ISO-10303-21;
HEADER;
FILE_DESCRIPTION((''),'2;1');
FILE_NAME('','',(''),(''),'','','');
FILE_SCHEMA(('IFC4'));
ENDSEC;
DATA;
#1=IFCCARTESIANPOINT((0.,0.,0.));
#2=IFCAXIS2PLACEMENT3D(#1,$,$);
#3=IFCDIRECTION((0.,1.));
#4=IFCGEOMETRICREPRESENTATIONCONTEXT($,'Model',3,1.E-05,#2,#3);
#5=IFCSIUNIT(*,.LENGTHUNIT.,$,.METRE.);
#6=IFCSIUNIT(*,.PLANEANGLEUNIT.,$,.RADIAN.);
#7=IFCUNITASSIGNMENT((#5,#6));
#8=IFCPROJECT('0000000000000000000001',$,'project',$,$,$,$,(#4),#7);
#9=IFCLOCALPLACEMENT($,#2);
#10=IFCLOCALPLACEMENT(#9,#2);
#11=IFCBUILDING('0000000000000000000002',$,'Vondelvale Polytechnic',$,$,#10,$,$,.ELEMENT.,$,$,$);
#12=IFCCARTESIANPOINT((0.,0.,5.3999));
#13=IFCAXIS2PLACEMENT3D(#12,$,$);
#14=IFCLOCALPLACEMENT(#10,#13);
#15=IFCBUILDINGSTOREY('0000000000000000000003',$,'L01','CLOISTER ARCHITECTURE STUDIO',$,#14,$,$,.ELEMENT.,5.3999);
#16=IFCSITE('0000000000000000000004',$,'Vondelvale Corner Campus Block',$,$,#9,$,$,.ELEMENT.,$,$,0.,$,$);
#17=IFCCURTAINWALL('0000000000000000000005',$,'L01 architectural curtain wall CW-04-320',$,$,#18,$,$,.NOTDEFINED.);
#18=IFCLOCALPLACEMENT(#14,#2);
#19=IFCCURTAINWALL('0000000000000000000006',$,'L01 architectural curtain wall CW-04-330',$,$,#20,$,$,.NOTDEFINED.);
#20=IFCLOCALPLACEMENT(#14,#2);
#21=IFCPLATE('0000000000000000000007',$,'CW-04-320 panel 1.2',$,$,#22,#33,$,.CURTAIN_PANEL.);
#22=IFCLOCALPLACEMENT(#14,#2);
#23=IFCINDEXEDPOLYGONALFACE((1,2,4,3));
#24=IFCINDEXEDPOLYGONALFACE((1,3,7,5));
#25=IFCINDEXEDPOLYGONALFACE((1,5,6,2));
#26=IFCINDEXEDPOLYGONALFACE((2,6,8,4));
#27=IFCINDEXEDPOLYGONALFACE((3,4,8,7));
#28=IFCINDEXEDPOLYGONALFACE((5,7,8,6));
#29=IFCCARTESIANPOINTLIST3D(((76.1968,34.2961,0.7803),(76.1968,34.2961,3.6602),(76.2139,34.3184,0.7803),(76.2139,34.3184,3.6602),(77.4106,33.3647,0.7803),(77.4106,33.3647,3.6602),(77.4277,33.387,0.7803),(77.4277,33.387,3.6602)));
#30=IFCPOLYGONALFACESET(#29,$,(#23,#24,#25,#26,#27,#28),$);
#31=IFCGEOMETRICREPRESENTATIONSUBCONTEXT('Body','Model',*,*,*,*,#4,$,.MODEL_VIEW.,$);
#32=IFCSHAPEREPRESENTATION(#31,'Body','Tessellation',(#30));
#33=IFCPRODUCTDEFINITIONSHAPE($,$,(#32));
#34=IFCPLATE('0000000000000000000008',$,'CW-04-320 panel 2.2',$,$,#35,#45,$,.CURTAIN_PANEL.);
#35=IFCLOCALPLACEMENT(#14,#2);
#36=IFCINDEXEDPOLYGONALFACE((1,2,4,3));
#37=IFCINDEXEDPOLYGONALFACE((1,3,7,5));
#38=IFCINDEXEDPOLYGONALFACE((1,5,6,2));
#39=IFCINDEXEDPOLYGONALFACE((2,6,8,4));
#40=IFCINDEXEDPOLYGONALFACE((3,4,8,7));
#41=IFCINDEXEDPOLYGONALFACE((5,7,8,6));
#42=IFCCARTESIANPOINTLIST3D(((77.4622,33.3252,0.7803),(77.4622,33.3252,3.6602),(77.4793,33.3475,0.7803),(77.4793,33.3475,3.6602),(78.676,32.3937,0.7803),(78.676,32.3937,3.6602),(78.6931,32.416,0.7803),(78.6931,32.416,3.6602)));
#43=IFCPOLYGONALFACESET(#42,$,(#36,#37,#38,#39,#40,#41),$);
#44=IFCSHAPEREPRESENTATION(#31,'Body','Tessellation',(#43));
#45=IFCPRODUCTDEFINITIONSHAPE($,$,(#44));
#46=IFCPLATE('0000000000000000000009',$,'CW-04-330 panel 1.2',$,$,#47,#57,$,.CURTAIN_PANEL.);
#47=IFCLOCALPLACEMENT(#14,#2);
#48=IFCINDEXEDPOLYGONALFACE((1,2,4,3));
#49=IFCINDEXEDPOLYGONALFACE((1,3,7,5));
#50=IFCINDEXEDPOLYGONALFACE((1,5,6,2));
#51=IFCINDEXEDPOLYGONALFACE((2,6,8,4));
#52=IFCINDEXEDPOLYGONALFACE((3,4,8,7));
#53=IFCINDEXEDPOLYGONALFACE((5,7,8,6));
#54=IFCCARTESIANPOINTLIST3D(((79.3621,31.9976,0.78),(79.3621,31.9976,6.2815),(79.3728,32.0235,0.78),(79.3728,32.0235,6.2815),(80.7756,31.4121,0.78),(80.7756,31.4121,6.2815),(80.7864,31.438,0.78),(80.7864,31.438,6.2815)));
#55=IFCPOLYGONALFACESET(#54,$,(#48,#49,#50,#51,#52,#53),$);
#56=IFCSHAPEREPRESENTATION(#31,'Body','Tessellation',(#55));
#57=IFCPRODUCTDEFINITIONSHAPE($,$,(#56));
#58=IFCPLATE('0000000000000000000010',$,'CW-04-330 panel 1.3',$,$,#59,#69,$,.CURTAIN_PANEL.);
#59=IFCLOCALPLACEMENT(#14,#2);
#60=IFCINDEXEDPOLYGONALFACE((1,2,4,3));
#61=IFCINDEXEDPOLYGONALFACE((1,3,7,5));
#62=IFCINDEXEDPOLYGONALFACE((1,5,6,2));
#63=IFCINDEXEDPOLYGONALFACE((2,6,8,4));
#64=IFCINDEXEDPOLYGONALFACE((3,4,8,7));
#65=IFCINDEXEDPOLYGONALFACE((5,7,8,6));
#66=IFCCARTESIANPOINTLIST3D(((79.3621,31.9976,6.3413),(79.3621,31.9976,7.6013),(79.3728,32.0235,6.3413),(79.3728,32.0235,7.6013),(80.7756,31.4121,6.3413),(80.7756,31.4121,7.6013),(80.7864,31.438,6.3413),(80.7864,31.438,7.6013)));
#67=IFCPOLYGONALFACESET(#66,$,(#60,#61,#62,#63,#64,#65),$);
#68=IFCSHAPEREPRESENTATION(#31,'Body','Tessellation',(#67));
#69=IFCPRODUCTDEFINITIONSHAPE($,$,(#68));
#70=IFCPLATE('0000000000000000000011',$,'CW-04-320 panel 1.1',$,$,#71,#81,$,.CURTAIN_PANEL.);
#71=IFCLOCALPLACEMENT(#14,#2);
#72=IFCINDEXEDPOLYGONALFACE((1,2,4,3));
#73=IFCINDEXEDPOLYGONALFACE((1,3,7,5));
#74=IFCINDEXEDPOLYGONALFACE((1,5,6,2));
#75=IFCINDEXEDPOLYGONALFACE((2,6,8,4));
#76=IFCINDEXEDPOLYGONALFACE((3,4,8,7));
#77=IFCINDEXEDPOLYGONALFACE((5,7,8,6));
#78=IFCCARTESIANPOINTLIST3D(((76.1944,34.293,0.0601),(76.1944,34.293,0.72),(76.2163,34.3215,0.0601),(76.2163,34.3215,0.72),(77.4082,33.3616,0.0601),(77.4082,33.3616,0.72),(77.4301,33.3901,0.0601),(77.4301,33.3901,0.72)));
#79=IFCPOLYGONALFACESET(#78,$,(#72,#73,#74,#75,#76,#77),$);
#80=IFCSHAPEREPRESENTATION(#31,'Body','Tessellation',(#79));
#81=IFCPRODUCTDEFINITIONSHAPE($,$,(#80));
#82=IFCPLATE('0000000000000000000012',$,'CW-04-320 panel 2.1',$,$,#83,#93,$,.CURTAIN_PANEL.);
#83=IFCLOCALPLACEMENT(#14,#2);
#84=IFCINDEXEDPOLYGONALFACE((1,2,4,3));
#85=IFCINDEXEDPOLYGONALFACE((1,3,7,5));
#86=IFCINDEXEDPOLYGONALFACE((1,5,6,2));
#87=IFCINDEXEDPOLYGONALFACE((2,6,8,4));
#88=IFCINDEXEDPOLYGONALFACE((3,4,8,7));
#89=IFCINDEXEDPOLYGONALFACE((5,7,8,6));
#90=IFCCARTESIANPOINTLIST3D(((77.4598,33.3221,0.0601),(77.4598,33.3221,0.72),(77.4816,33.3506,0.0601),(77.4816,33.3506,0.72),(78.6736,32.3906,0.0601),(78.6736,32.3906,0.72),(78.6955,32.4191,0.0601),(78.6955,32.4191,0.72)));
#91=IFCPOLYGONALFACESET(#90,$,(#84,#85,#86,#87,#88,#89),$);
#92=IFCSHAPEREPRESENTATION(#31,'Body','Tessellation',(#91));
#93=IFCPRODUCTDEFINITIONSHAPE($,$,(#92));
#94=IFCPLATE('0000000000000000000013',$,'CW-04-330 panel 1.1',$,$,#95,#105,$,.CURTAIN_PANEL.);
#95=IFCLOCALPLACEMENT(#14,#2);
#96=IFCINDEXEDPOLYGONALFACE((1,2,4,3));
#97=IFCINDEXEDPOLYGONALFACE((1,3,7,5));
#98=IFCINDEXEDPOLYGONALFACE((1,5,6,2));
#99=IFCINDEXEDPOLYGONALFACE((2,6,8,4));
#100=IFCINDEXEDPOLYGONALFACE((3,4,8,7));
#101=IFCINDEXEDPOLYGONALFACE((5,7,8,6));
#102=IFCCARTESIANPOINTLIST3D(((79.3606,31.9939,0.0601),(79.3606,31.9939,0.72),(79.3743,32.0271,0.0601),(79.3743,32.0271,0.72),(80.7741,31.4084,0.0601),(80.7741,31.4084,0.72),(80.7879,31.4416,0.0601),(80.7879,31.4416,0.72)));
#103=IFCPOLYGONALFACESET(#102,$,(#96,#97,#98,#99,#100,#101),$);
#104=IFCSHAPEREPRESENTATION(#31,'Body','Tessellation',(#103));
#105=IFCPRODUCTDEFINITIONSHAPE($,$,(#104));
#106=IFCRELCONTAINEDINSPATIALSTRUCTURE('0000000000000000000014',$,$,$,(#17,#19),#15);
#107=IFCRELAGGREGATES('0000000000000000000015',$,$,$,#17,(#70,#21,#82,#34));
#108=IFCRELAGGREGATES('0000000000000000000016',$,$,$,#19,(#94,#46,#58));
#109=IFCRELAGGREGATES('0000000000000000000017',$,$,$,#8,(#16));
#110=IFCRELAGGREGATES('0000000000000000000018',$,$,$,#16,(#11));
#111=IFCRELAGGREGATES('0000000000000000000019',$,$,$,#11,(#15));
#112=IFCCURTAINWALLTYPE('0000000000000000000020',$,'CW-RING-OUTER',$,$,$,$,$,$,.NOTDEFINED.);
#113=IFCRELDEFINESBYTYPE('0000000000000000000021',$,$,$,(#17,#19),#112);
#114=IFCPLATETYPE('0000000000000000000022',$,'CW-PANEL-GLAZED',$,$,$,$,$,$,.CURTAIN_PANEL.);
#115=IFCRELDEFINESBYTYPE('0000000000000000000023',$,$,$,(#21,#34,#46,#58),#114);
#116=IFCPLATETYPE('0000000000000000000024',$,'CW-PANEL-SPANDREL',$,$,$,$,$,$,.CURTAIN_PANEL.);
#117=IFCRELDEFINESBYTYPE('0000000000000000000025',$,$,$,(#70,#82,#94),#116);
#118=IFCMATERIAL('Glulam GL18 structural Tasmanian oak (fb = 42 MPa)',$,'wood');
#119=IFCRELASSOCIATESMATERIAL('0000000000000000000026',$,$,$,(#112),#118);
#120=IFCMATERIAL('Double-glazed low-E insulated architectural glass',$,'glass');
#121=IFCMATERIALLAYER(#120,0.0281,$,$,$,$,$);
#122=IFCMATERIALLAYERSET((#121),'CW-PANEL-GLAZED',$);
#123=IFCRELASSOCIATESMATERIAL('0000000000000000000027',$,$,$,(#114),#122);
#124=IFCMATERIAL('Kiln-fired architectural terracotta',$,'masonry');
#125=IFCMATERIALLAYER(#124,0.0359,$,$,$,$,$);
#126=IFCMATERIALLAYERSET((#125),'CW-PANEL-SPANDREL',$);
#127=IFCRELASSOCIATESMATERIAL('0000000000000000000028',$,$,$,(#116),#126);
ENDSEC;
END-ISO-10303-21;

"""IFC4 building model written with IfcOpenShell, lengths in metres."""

from ifc_helpers import new_model, si_unit, direction, frame, origin, origin_2d, place, context, subcontext, project, spatial, rectangle, extrude, material, layer, layer_set, type_object, element, aggregate, save


model = new_model("IFC4")

# Units and contexts
model_context = context("Model", 3, precision=1e-05, world=origin(), true_north=direction((0.0, 1.0)))
body_context = subcontext(model_context, "Body", "Model", "MODEL_VIEW")
ifc_project = project(units=[si_unit("LENGTHUNIT", "METRE"), si_unit("PLANEANGLEUNIT", "RADIAN")], contexts=[model_context])

# Site, building, storey
site_placement = place(None, origin())
site = spatial("IfcSite", under=ifc_project, at=site_placement, Name="Vondelvale Corner Campus Block", CompositionType="ELEMENT", RefElevation=0.0)
building_placement = place(site_placement, origin())
building = spatial("IfcBuilding", under=site, at=building_placement, Name="Vondelvale Polytechnic", CompositionType="ELEMENT")
storey_placement = place(building_placement, frame((0.0, 0.0, 5.3999)))
storey = spatial("IfcBuildingStorey", under=building, at=storey_placement, Name="L01", Description="CLOISTER ARCHITECTURE STUDIO", CompositionType="ELEMENT", Elevation=5.3999)

# Curtain walls
ifc_material_1 = material(Name="Glulam GL18 structural Tasmanian oak (fb = 42 MPa)", Category="wood")
curtain_wall_type = type_object("IfcCurtainWallType", Name="CW-RING-OUTER", PredefinedType="NOTDEFINED", material=ifc_material_1)
curtain_wall_1_placement = place(storey_placement, origin())
curtain_wall_1 = element("IfcCurtainWall", 1, at=curtain_wall_1_placement, inside=storey, type_object=curtain_wall_type, Name="L01 architectural curtain wall CW-04-320", PredefinedType="NOTDEFINED")
curtain_wall_2_placement = place(storey_placement, origin())
curtain_wall_2 = element("IfcCurtainWall", 2, at=curtain_wall_2_placement, inside=storey, type_object=curtain_wall_type, Name="L01 architectural curtain wall CW-04-330", PredefinedType="NOTDEFINED")

# Plates
ifc_material_2 = material(Name="Double-glazed low-E insulated architectural glass", Category="glass")
ifc_layer_1 = layer(ifc_material_2, 0.0281)
ifc_layer_set_1 = layer_set([ifc_layer_1], Name="CW-PANEL-GLAZED")
plate_type_1 = type_object("IfcPlateType", Name="CW-PANEL-GLAZED", PredefinedType="CURTAIN_PANEL", material=ifc_layer_set_1)
plate_1_placement = place(storey_placement, frame((76.8123, 33.8416, 0.7803), z_axis=(0.0, 0.0, 1.0), x_axis=(0.793334, -0.608787, 0.0)))
plate_1 = element("IfcPlate", 3, at=plate_1_placement, type_object=plate_type_1, Name="CW-04-320 panel 1.2", PredefinedType="CURTAIN_PANEL", context=body_context, shape_type="SweptSolid", body=[
    extrude(rectangle(XDim=1.53, YDim=0.0281, at=origin_2d()), origin(), (0.0, 0.0, 1.0), 2.8799),
])
plate_2_placement = place(storey_placement, frame((78.0776, 32.8706, 0.7803), z_axis=(0.0, 0.0, 1.0), x_axis=(0.793334, -0.608787, 0.0)))
plate_2 = element("IfcPlate", 4, at=plate_2_placement, type_object=plate_type_1, Name="CW-04-320 panel 2.2", PredefinedType="CURTAIN_PANEL", context=body_context, shape_type="SweptSolid", body=[
    extrude(rectangle(XDim=1.53, YDim=0.0281, at=origin_2d()), origin(), (0.0, 0.0, 1.0), 2.8799),
])
plate_3_placement = place(storey_placement, frame((80.0742, 31.7178, 0.78), z_axis=(0.0, 0.0, 1.0), x_axis=(0.923882, -0.382677, 0.0)))
plate_3 = element("IfcPlate", 5, at=plate_3_placement, type_object=plate_type_1, Name="CW-04-330 panel 1.2", PredefinedType="CURTAIN_PANEL", context=body_context, shape_type="SweptSolid", body=[
    extrude(rectangle(XDim=1.53, YDim=0.0281, at=origin_2d()), origin(), (0.0, 0.0, 1.0), 5.5015),
])
plate_4_placement = place(storey_placement, frame((80.0742, 31.7178, 6.3413), z_axis=(0.0, 0.0, 1.0), x_axis=(0.923882, -0.382677, 0.0)))
plate_4 = element("IfcPlate", 6, at=plate_4_placement, type_object=plate_type_1, Name="CW-04-330 panel 1.3", PredefinedType="CURTAIN_PANEL", context=body_context, shape_type="SweptSolid", body=[
    extrude(rectangle(XDim=1.53, YDim=0.0281, at=origin_2d()), origin(), (0.0, 0.0, 1.0), 1.26),
])
ifc_material_3 = material(Name="Kiln-fired architectural terracotta", Category="masonry")
ifc_layer_2 = layer(ifc_material_3, 0.0359)
ifc_layer_set_2 = layer_set([ifc_layer_2], Name="CW-PANEL-SPANDREL")
plate_type_2 = type_object("IfcPlateType", Name="CW-PANEL-SPANDREL", PredefinedType="CURTAIN_PANEL", material=ifc_layer_set_2)
plate_5_placement = place(storey_placement, frame((76.8123, 33.8416, 0.0601), z_axis=(0.0, 0.0, 1.0), x_axis=(0.793334, -0.608787, 0.0)))
plate_5 = element("IfcPlate", 7, at=plate_5_placement, type_object=plate_type_2, Name="CW-04-320 panel 1.1", PredefinedType="CURTAIN_PANEL", context=body_context, shape_type="SweptSolid", body=[
    extrude(rectangle(XDim=1.53, YDim=0.0359, at=origin_2d()), origin(), (0.0, 0.0, 1.0), 0.6599),
])
plate_6_placement = place(storey_placement, frame((78.0776, 32.8706, 0.0601), z_axis=(0.0, 0.0, 1.0), x_axis=(0.793334, -0.608787, 0.0)))
plate_6 = element("IfcPlate", 8, at=plate_6_placement, type_object=plate_type_2, Name="CW-04-320 panel 2.1", PredefinedType="CURTAIN_PANEL", context=body_context, shape_type="SweptSolid", body=[
    extrude(rectangle(XDim=1.53, YDim=0.0359, at=origin_2d()), origin(), (0.0, 0.0, 1.0), 0.6599),
])
aggregate(curtain_wall_1, [plate_5, plate_1, plate_6, plate_2])
plate_7_placement = place(storey_placement, frame((80.0742, 31.7178, 0.0601), z_axis=(0.0, 0.0, 1.0), x_axis=(0.923882, -0.382677, 0.0)))
plate_7 = element("IfcPlate", 9, at=plate_7_placement, type_object=plate_type_2, Name="CW-04-330 panel 1.1", PredefinedType="CURTAIN_PANEL", context=body_context, shape_type="SweptSolid", body=[
    extrude(rectangle(XDim=1.53, YDim=0.0359, at=origin_2d()), origin(), (0.0, 0.0, 1.0), 0.6599),
])
aggregate(curtain_wall_2, [plate_7, plate_3, plate_4])

save(model, "model.ifc")
